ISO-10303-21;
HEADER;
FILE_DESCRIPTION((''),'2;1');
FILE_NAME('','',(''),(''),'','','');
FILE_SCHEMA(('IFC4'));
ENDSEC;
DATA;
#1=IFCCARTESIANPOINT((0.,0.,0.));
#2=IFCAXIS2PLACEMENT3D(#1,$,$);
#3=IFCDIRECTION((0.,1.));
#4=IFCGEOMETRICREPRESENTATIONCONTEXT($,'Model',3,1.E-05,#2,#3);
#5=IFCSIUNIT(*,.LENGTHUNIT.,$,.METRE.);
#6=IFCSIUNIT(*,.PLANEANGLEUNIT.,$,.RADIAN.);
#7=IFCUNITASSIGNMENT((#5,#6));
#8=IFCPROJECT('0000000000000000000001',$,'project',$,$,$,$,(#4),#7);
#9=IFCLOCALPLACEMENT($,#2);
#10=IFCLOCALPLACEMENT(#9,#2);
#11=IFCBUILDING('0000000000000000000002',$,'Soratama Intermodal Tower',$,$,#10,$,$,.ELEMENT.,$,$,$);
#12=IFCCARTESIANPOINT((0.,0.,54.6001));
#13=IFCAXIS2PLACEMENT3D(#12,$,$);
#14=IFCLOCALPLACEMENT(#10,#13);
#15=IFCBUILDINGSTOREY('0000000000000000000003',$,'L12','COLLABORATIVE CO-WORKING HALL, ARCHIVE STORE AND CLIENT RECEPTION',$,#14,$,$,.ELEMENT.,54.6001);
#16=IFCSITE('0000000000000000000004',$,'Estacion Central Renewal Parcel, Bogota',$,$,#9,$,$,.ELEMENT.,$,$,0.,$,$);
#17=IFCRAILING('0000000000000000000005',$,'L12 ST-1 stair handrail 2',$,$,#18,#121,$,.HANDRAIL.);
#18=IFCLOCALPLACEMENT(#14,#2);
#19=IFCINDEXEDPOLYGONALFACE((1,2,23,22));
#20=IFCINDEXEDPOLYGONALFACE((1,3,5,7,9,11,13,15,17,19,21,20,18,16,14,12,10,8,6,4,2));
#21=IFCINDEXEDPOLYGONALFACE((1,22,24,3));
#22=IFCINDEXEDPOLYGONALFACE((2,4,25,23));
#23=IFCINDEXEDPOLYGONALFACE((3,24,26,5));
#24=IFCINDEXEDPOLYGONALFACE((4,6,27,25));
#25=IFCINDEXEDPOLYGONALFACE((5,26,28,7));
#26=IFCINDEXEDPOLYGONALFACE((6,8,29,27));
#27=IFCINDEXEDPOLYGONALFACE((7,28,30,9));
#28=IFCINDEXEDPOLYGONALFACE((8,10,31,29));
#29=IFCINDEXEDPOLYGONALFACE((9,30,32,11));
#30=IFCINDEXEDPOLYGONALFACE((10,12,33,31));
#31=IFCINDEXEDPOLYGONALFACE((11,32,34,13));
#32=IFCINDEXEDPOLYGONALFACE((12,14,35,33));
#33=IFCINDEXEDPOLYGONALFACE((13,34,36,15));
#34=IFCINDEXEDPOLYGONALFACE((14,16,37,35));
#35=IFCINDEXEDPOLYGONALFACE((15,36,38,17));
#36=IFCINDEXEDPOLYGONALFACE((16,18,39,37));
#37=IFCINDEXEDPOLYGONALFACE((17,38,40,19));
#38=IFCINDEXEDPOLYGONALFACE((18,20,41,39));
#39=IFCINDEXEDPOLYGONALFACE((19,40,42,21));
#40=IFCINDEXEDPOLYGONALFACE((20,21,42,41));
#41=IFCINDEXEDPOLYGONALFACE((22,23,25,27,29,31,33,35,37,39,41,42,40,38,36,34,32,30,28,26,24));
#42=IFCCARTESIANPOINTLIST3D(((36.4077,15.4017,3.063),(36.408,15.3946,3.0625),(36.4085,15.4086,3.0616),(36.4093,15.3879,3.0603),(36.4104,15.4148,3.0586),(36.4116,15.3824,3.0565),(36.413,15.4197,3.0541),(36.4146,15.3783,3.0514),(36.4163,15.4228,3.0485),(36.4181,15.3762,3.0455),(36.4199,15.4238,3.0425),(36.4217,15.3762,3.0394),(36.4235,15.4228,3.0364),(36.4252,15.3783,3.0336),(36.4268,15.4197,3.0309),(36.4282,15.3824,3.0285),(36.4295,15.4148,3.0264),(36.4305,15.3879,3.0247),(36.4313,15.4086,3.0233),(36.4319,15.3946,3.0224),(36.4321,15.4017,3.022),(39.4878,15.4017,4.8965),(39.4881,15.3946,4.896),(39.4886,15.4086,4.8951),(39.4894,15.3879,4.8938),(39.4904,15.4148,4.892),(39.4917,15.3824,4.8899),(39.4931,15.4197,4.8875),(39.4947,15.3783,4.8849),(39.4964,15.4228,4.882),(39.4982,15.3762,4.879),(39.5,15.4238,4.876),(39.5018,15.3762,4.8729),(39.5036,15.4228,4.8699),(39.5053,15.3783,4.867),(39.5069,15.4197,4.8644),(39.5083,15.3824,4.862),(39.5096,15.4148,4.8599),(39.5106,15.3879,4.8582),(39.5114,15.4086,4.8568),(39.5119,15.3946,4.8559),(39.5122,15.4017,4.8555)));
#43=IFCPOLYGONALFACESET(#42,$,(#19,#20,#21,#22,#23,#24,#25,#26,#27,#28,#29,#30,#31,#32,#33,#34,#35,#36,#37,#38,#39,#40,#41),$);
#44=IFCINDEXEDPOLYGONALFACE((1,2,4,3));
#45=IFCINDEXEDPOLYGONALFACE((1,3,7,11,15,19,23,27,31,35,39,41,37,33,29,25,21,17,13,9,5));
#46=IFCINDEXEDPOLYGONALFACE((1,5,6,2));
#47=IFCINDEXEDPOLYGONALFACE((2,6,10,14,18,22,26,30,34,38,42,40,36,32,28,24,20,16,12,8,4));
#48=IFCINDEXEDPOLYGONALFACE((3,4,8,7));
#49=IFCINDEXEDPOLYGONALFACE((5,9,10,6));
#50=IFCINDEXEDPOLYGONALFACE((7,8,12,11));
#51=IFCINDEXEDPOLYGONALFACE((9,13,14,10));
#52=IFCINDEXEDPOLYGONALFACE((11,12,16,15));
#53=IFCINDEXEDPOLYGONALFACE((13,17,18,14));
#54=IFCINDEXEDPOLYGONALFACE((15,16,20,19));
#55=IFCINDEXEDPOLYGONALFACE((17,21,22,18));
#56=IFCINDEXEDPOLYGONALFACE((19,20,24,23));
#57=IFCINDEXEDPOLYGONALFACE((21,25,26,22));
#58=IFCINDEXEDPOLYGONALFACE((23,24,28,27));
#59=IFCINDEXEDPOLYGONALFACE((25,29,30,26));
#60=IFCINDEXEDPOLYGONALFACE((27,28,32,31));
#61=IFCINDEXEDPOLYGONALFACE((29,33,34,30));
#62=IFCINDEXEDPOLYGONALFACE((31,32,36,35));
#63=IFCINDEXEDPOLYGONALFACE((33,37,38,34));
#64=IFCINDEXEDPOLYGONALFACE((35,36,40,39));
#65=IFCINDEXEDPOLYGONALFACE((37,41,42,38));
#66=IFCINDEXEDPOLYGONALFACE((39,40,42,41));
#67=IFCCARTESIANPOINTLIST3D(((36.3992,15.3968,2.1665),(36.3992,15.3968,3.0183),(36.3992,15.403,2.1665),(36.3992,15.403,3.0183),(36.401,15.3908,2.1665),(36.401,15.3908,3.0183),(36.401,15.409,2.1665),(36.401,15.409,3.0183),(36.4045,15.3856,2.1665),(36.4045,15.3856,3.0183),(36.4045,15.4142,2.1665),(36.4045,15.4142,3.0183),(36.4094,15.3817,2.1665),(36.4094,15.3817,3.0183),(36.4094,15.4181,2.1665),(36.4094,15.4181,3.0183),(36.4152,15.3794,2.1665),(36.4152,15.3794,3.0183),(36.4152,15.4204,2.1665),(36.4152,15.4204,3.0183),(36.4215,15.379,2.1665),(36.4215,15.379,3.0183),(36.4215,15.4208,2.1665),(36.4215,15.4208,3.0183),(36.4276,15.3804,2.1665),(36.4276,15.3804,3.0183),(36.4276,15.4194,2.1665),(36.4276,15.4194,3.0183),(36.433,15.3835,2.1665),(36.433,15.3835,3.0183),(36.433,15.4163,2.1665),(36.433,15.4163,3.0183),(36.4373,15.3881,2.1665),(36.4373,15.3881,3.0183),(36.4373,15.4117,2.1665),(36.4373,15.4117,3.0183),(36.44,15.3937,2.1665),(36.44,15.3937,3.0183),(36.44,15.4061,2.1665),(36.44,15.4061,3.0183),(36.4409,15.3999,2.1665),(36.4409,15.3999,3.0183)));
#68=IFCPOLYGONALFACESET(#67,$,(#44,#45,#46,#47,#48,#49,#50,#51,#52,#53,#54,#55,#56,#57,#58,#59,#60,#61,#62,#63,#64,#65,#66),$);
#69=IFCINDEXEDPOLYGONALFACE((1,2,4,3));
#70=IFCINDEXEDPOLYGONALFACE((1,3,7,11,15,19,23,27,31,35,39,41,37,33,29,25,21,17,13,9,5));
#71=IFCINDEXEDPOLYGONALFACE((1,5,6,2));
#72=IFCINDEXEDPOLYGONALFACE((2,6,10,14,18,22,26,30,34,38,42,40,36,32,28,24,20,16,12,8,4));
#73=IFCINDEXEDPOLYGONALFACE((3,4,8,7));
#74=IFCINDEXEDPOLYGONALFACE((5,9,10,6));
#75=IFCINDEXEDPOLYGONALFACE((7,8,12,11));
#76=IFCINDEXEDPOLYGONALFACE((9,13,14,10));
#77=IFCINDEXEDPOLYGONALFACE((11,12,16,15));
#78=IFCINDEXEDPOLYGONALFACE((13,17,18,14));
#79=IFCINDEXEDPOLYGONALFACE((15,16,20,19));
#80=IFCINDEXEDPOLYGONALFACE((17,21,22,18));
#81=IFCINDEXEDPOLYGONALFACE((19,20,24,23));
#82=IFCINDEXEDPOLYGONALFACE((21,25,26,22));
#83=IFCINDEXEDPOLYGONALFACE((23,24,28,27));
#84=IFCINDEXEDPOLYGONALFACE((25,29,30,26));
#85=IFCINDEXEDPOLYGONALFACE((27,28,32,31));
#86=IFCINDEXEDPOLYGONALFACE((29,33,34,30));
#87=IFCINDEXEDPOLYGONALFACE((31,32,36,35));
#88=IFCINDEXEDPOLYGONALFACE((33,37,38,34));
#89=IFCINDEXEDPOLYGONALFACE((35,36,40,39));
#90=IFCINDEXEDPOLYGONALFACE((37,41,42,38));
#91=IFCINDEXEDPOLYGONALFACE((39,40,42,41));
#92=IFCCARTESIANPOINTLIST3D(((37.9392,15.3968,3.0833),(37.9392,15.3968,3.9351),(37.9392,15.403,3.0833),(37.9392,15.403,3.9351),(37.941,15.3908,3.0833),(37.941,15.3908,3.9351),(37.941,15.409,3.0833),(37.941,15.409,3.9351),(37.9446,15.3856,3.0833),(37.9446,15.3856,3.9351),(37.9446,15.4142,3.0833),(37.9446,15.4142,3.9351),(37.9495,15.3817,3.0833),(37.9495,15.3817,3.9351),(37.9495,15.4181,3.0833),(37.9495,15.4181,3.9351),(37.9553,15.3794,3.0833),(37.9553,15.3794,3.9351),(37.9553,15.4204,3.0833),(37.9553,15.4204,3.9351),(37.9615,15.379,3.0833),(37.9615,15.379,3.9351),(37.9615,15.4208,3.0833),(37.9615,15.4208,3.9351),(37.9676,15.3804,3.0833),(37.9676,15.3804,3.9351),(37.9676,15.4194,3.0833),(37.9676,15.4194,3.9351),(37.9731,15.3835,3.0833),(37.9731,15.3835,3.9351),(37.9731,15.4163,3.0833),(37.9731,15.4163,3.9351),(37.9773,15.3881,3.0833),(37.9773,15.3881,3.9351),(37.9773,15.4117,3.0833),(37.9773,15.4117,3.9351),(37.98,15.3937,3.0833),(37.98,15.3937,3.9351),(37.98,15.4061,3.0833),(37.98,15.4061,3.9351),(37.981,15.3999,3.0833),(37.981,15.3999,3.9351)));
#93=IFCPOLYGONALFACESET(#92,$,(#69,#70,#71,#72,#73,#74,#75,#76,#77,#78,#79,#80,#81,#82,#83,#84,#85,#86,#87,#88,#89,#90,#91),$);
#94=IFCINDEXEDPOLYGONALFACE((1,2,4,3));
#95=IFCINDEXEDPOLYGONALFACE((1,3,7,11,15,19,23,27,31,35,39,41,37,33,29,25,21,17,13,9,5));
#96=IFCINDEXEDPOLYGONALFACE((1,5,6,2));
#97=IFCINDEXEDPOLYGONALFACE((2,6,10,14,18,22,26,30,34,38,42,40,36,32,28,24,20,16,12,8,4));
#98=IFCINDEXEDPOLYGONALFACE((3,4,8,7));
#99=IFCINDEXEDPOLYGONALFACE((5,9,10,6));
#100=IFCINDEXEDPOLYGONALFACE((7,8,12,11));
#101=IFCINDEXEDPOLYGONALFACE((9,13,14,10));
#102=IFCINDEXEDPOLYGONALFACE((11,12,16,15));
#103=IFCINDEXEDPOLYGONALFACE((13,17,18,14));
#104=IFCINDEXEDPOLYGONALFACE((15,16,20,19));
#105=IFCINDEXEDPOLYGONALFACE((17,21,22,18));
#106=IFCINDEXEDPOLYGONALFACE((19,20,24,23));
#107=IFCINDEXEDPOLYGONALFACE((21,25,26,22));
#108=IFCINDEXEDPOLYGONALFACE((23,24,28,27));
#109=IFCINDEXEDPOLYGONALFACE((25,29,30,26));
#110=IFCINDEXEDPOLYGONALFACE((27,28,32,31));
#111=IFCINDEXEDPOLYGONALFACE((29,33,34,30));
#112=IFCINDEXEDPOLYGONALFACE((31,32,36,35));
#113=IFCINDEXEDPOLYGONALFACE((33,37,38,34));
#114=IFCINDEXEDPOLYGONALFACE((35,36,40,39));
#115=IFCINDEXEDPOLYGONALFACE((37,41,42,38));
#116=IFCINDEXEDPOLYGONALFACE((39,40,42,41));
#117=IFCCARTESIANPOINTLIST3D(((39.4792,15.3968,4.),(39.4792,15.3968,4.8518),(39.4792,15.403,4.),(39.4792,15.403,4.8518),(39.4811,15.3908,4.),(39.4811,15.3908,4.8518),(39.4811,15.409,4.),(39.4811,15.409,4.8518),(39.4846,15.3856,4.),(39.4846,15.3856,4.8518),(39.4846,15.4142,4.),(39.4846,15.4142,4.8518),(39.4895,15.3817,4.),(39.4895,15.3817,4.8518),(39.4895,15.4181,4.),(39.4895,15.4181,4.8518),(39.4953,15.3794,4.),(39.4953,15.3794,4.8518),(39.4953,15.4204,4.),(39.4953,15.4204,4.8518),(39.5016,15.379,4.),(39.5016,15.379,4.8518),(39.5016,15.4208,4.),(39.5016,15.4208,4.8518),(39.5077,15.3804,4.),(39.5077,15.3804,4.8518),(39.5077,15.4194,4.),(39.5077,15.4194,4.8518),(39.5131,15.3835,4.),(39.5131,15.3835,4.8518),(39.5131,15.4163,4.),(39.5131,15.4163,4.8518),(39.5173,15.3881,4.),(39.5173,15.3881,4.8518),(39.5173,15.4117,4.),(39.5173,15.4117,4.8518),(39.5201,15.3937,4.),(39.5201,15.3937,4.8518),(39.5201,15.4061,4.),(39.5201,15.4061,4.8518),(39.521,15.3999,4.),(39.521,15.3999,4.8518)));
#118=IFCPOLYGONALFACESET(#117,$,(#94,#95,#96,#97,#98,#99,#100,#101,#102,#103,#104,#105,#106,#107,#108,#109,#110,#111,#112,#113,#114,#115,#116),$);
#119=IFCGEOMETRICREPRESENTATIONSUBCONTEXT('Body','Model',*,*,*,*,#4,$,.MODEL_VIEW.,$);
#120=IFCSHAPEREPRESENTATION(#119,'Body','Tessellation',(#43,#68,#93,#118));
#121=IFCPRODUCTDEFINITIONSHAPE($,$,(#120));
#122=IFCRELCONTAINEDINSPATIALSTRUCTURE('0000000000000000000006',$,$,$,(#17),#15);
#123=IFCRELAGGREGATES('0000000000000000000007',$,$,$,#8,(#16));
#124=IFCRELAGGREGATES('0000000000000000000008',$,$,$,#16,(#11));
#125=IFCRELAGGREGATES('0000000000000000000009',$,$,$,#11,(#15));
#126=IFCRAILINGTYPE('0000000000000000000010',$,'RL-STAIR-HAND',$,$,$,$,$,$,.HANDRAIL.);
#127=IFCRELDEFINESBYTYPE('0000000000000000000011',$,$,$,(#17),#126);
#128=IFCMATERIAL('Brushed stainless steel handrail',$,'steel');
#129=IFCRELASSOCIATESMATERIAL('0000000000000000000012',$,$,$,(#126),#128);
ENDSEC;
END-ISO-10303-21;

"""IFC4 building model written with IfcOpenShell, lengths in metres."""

from ifc_helpers import new_model, si_unit, direction, frame, origin, origin_2d, place, context, subcontext, project, spatial, circle, extrude, material, type_object, element, save


model = new_model("IFC4")

# Units and contexts
model_context = context("Model", 3, precision=1e-05, world=origin(), true_north=direction((0.0, 1.0)))
body_context = subcontext(model_context, "Body", "Model", "MODEL_VIEW")
ifc_project = project(units=[si_unit("LENGTHUNIT", "METRE"), si_unit("PLANEANGLEUNIT", "RADIAN")], contexts=[model_context])

# Site, building, storey
site_placement = place(None, origin())
site = spatial("IfcSite", under=ifc_project, at=site_placement, Name="Estacion Central Renewal Parcel, Bogota", CompositionType="ELEMENT", RefElevation=0.0)
building_placement = place(site_placement, origin())
building = spatial("IfcBuilding", under=site, at=building_placement, Name="Soratama Intermodal Tower", CompositionType="ELEMENT")
storey_placement = place(building_placement, frame((0.0, 0.0, 54.6001)))
storey = spatial("IfcBuildingStorey", under=building, at=storey_placement, Name="L12", Description="COLLABORATIVE CO-WORKING HALL, ARCHIVE STORE AND CLIENT RECEPTION", CompositionType="ELEMENT", Elevation=54.6001)

# Railing
ifc_material_1 = material(Name="Brushed stainless steel handrail", Category="steel")
railing_type_1 = type_object("IfcRailingType", Name="RL-STAIR-HAND", PredefinedType="HANDRAIL", material=ifc_material_1)
railing_1_placement = place(storey_placement, frame((36.4199, 15.3999, 2.1665)))
element("IfcRailing", 1, at=railing_1_placement, inside=storey, type_object=railing_type_1, Name="L12 ST-1 stair handrail 2", PredefinedType="HANDRAIL", context=body_context, shape_type="SweptSolid", body=[
    extrude(circle(Radius=0.0239, at=origin_2d()), frame((0.0, 0.0, 0.876), z_axis=(0.859279, 0.0, 0.511508), x_axis=(0.0, 1.0, 0.0)), (0.0, 0.0, 1.0), 3.5845),
    extrude(circle(Radius=0.021, at=origin_2d()), origin(), (0.0, 0.0, 1.0), 0.8518),
    extrude(circle(Radius=0.021, at=origin_2d()), frame((1.54, 0.0, 0.9167)), (0.0, 0.0, 1.0), 0.8518),
    extrude(circle(Radius=0.021, at=origin_2d()), frame((3.0801, 0.0, 1.8335)), (0.0, 0.0, 1.0), 0.8518),
])

save(model, "model.ifc")
